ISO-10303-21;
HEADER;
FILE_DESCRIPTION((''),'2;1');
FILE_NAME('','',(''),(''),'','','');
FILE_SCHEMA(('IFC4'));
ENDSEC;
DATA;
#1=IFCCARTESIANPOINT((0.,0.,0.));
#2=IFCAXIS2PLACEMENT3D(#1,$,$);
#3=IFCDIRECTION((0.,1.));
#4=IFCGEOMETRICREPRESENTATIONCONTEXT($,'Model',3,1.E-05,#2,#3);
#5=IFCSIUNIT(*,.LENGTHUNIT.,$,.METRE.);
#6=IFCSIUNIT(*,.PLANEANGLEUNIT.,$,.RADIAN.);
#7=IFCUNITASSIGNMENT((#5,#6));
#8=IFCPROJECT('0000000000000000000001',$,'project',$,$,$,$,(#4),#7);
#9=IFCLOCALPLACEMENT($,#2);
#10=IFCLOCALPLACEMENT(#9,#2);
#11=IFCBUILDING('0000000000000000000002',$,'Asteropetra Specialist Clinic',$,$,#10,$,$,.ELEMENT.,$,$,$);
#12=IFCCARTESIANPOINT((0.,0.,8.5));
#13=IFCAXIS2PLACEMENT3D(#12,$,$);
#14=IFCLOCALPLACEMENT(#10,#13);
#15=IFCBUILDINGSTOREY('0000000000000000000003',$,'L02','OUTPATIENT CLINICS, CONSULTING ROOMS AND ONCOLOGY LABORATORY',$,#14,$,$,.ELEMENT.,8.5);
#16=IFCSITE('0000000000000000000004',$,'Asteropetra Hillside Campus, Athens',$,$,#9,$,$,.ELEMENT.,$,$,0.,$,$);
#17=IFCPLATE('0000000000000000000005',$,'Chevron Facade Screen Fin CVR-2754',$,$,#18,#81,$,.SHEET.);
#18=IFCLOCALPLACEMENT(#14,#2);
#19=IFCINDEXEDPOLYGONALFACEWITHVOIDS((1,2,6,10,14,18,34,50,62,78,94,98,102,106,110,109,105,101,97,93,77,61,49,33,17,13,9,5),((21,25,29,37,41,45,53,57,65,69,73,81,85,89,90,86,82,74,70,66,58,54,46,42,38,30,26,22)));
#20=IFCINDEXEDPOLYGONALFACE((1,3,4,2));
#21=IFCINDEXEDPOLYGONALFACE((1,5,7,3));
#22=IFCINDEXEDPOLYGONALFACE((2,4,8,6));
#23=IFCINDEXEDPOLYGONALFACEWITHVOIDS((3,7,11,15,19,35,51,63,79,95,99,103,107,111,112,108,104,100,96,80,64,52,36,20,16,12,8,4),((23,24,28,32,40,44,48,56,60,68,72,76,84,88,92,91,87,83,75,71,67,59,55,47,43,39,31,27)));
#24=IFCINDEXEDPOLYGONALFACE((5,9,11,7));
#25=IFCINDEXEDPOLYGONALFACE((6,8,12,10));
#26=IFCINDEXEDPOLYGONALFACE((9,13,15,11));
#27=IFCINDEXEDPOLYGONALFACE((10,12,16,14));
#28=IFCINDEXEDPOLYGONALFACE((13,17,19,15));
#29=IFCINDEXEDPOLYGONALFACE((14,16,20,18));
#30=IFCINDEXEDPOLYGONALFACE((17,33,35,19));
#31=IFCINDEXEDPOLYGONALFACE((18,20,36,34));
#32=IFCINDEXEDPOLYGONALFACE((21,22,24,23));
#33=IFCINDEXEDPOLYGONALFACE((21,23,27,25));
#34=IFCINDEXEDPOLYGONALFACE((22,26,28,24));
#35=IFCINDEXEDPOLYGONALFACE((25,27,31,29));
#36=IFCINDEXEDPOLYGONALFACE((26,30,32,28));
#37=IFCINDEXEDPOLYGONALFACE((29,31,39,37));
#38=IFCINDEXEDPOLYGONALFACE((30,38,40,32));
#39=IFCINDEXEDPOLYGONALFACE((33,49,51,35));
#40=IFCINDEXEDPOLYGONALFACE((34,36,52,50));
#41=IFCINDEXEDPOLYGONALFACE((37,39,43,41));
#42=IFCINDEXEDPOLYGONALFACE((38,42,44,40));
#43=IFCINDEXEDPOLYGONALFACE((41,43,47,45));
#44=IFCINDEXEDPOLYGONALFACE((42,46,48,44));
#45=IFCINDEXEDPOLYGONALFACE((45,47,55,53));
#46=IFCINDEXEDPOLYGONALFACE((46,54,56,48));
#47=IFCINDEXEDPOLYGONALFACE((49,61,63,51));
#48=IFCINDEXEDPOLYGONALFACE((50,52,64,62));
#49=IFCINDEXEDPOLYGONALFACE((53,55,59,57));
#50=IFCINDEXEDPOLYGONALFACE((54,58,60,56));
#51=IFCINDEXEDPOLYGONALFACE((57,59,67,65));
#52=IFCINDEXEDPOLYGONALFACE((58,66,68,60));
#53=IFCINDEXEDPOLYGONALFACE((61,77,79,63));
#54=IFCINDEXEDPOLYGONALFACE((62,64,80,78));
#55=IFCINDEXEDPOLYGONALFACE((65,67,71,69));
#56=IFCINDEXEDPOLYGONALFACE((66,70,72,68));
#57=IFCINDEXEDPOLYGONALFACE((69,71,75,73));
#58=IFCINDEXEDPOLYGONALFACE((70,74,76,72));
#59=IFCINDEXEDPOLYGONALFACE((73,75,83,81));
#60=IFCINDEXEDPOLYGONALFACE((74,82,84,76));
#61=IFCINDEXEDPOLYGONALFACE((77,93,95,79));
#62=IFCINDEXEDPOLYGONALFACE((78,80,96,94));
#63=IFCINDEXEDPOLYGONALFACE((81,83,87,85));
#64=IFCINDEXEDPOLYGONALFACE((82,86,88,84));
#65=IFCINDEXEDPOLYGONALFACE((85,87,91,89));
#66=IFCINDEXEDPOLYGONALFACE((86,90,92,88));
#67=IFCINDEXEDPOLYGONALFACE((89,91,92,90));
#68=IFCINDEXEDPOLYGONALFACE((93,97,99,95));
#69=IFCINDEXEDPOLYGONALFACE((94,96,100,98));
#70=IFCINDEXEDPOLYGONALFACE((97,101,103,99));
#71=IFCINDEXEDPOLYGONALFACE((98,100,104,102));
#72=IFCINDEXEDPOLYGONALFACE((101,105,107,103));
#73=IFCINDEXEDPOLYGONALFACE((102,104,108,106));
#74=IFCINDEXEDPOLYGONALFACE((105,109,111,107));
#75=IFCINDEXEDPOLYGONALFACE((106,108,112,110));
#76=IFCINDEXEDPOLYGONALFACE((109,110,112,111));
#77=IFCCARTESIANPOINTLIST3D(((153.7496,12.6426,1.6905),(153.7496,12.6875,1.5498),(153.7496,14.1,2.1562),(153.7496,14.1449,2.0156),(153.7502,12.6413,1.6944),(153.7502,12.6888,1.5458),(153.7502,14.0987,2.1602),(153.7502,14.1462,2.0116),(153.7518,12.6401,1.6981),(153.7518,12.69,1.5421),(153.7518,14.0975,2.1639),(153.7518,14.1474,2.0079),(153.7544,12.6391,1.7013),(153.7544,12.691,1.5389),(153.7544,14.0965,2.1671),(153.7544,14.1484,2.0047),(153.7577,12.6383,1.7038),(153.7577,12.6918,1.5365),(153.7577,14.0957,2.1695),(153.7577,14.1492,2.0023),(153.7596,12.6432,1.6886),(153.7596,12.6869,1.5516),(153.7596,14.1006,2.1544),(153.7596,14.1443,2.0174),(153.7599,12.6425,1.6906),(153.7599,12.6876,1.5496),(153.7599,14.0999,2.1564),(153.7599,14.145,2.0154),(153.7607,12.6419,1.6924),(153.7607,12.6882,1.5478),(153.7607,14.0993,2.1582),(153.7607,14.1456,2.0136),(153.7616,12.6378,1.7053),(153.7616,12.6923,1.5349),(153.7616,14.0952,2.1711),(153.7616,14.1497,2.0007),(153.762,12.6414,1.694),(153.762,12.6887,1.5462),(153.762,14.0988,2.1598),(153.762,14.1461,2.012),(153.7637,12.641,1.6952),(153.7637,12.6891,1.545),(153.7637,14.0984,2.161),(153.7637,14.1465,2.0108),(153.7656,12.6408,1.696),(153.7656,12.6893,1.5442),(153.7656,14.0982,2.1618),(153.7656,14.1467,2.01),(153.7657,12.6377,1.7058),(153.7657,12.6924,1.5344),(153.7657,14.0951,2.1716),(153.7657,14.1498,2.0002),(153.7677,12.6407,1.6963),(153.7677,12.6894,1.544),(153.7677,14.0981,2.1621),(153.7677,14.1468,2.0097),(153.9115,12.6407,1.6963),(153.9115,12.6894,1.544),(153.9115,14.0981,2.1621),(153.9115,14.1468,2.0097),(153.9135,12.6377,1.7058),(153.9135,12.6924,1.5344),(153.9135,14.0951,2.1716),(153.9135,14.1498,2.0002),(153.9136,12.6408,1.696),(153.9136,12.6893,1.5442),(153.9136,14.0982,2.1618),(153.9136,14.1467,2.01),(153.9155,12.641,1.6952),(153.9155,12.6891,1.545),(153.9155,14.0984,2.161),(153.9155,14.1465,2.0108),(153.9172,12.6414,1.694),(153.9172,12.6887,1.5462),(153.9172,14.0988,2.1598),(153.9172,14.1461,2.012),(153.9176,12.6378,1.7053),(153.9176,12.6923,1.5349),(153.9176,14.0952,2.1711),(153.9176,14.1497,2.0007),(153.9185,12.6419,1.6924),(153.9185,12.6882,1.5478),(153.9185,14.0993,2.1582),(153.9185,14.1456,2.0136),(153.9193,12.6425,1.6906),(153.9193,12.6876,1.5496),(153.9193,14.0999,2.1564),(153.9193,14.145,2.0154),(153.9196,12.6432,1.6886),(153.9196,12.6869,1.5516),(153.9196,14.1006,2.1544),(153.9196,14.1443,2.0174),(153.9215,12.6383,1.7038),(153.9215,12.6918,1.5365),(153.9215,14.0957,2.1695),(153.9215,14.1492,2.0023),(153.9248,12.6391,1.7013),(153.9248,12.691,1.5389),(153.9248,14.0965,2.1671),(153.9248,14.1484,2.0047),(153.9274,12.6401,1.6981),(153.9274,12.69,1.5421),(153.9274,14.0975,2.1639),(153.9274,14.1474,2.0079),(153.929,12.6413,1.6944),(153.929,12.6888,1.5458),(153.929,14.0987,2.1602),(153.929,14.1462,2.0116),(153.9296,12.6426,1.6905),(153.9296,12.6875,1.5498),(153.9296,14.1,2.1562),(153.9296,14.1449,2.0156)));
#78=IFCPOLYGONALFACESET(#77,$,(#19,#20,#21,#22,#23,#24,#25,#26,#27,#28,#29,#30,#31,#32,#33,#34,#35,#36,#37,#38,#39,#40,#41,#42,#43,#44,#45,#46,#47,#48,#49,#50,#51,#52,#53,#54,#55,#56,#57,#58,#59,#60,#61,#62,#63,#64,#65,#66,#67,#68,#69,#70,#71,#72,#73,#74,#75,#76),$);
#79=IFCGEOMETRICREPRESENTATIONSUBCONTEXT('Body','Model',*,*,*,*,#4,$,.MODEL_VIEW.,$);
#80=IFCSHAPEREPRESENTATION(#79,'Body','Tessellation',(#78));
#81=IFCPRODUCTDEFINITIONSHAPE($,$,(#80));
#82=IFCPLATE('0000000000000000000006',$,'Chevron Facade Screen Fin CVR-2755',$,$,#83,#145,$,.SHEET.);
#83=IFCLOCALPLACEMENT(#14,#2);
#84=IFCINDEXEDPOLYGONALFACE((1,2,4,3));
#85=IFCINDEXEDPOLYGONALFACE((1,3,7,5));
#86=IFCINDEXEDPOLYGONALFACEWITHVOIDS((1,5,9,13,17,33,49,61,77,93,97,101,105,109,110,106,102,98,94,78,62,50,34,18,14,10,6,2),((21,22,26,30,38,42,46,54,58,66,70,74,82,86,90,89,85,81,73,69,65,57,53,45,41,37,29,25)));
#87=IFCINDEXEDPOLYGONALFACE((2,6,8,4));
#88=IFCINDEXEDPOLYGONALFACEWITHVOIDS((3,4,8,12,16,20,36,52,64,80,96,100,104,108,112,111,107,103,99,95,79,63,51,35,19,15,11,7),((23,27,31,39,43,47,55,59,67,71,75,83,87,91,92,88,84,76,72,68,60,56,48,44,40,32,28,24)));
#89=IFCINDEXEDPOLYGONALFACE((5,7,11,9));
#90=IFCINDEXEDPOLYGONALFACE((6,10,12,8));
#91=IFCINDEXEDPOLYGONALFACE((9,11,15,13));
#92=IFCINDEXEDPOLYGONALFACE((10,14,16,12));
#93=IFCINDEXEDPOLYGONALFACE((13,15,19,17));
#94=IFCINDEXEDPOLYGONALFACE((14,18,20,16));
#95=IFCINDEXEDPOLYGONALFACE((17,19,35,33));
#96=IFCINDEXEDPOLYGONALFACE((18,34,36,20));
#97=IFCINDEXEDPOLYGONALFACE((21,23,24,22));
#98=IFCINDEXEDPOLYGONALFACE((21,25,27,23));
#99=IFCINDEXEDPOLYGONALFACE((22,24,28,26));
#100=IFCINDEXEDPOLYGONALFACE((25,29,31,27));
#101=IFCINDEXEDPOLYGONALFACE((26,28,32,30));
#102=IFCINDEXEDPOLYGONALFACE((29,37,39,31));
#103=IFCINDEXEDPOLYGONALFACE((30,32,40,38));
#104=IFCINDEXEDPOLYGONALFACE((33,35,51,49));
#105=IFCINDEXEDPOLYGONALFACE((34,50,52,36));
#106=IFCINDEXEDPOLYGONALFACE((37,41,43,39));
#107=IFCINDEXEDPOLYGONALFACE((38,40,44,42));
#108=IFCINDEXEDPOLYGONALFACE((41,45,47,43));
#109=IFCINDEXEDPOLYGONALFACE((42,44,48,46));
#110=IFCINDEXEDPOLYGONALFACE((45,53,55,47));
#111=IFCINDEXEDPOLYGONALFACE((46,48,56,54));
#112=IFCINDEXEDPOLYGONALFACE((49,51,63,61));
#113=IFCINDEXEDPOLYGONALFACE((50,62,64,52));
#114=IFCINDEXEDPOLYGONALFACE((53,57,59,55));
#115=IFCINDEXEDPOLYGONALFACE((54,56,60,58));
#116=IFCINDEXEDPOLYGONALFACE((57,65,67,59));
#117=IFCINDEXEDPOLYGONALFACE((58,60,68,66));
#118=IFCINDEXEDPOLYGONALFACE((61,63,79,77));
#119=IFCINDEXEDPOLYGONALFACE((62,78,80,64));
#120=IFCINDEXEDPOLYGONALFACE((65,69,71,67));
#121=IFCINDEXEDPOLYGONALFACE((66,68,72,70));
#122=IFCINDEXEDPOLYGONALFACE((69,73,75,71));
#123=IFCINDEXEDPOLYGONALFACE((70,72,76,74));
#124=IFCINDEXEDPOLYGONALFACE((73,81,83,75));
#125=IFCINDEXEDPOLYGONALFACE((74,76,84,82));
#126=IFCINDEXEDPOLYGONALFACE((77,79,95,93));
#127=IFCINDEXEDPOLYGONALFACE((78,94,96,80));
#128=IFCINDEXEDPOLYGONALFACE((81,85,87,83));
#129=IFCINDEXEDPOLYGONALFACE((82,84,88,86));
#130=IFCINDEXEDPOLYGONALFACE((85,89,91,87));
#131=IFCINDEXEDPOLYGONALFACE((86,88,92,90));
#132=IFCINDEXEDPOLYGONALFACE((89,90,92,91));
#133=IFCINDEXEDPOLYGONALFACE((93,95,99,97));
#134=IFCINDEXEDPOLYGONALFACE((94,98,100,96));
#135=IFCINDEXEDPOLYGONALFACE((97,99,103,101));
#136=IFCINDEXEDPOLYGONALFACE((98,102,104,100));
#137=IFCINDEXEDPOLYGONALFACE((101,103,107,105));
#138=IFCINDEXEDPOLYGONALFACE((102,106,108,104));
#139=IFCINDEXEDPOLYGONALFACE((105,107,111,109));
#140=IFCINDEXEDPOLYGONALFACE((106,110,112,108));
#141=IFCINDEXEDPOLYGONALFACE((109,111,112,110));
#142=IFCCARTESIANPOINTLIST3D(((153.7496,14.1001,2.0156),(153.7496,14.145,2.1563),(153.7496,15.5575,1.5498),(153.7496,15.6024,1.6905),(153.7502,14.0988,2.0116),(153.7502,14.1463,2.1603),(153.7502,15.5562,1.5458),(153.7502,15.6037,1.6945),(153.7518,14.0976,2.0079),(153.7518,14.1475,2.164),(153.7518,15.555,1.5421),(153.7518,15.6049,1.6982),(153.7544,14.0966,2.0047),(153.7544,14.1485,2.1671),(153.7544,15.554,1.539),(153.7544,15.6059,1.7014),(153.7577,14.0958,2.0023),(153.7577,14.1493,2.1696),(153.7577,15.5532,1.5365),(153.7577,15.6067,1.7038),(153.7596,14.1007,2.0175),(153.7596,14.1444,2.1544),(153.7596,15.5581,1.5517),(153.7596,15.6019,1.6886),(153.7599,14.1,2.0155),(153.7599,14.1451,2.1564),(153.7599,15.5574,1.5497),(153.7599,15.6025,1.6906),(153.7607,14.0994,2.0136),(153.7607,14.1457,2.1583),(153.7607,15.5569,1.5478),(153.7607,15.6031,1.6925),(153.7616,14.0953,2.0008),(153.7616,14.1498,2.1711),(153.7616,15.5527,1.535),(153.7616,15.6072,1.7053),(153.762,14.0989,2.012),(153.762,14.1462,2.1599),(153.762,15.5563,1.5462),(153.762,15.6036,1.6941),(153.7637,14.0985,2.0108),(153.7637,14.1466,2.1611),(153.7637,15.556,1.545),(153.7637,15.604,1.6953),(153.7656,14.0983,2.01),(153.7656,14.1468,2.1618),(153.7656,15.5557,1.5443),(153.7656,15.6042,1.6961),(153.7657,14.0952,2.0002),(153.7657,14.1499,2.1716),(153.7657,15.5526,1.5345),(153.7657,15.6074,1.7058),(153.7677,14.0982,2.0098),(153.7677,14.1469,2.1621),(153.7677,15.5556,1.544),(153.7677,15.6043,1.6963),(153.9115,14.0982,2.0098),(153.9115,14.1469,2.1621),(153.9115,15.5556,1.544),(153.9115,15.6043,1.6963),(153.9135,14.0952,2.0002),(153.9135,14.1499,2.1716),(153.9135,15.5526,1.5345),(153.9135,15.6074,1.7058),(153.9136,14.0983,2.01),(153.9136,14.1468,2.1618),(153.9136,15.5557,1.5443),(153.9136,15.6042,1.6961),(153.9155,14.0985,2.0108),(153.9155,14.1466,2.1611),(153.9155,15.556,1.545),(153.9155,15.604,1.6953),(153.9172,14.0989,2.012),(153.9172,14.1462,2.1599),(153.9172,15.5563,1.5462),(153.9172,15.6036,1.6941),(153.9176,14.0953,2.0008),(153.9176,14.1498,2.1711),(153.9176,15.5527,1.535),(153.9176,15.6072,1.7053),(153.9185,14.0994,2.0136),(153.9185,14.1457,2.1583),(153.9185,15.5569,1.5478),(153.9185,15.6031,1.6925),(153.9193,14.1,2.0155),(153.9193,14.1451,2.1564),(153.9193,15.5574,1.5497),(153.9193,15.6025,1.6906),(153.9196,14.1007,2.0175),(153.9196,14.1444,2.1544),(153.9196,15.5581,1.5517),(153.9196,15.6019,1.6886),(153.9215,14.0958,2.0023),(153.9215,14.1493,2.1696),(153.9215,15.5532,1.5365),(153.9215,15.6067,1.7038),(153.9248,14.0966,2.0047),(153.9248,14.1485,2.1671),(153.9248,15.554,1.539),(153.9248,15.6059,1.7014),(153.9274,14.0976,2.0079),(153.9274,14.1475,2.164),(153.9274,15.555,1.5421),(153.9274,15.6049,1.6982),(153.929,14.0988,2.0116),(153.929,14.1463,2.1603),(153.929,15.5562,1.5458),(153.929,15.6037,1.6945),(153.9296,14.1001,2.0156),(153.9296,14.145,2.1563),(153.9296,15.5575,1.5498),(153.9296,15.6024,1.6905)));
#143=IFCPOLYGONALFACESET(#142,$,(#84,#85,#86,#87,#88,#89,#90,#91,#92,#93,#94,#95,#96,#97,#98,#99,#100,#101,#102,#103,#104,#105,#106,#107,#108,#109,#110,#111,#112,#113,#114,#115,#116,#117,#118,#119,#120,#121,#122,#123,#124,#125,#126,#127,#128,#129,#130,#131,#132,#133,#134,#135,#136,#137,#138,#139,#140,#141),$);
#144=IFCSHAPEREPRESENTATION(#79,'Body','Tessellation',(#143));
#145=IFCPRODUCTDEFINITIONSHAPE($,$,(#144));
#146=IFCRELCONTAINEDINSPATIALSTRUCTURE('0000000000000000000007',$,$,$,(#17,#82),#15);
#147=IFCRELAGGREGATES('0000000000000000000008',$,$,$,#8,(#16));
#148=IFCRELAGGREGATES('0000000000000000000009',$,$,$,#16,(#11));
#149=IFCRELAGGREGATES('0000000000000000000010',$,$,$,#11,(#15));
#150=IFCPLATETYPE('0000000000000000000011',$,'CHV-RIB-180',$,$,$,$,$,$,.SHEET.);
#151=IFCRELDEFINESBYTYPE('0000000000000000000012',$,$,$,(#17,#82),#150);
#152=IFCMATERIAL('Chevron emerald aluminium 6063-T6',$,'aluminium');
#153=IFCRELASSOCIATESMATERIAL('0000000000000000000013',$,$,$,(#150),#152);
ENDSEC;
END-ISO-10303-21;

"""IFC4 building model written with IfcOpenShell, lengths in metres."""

from ifc_helpers import new_model, si_unit, direction, frame, origin, origin_2d, place, context, subcontext, project, spatial, hollow_rectangle, extrude, material, material_profile, profile_set, type_object, element, save


model = new_model("IFC4")

# Units and contexts
model_context = context("Model", 3, precision=1e-05, world=origin(), true_north=direction((0.0, 1.0)))
body_context = subcontext(model_context, "Body", "Model", "MODEL_VIEW")
ifc_project = project(units=[si_unit("LENGTHUNIT", "METRE"), si_unit("PLANEANGLEUNIT", "RADIAN")], contexts=[model_context])

# Site, building, storey
site_placement = place(None, origin())
site = spatial("IfcSite", under=ifc_project, at=site_placement, Name="Asteropetra Hillside Campus, Athens", CompositionType="ELEMENT", RefElevation=0.0)
building_placement = place(site_placement, origin())
building = spatial("IfcBuilding", under=site, at=building_placement, Name="Asteropetra Specialist Clinic", CompositionType="ELEMENT")
storey_placement = place(building_placement, frame((0.0, 0.0, 8.5)))
storey = spatial("IfcBuildingStorey", under=building, at=storey_placement, Name="L02", Description="OUTPATIENT CLINICS, CONSULTING ROOMS AND ONCOLOGY LABORATORY", CompositionType="ELEMENT", Elevation=8.5)

# Plates
ifc_material_1 = material(Name="Chevron emerald aluminium 6063-T6", Category="aluminium")
ifc_material_profile_1 = material_profile(ifc_material_1, hollow_rectangle(XDim=0.1799, YDim=0.1799, WallThickness=0.01, InnerFilletRadius=0.0081, OuterFilletRadius=0.0161, at=origin_2d()), Name="SHS 180x180x10.0")
ifc_profile_set_1 = profile_set([ifc_material_profile_1], Name="Chevron emerald aluminium 6063-T6")
plate_type = type_object("IfcPlateType", Name="CHV-RIB-180", PredefinedType="SHEET", material=ifc_profile_set_1)
for number, where, z_axis, x_axis, name in (
    (1, (153.8396, 12.665, 1.6201), (0.0, 0.952535, 0.304428), (-1.0, 0.0, 0.0), "Chevron Facade Screen Fin CVR-2754"),
    (2, (153.8396, 14.1226, 2.0859), (0.0, 0.952535, -0.304428), (-1.0, 0.0, 0.0), "Chevron Facade Screen Fin CVR-2755"),
):
    element("IfcPlate", number, at=place(storey_placement, frame(where, z_axis=z_axis, x_axis=x_axis)), inside=storey, type_object=plate_type, Name=name, PredefinedType="SHEET", context=body_context, shape_type="SweptSolid", body=[
        extrude(hollow_rectangle(XDim=0.1799, YDim=0.1799, WallThickness=0.01, InnerFilletRadius=0.0081, OuterFilletRadius=0.0161, at=origin_2d()), origin(), (0.0, 0.0, 1.0), 1.53),
    ])

save(model, "model.ifc")
